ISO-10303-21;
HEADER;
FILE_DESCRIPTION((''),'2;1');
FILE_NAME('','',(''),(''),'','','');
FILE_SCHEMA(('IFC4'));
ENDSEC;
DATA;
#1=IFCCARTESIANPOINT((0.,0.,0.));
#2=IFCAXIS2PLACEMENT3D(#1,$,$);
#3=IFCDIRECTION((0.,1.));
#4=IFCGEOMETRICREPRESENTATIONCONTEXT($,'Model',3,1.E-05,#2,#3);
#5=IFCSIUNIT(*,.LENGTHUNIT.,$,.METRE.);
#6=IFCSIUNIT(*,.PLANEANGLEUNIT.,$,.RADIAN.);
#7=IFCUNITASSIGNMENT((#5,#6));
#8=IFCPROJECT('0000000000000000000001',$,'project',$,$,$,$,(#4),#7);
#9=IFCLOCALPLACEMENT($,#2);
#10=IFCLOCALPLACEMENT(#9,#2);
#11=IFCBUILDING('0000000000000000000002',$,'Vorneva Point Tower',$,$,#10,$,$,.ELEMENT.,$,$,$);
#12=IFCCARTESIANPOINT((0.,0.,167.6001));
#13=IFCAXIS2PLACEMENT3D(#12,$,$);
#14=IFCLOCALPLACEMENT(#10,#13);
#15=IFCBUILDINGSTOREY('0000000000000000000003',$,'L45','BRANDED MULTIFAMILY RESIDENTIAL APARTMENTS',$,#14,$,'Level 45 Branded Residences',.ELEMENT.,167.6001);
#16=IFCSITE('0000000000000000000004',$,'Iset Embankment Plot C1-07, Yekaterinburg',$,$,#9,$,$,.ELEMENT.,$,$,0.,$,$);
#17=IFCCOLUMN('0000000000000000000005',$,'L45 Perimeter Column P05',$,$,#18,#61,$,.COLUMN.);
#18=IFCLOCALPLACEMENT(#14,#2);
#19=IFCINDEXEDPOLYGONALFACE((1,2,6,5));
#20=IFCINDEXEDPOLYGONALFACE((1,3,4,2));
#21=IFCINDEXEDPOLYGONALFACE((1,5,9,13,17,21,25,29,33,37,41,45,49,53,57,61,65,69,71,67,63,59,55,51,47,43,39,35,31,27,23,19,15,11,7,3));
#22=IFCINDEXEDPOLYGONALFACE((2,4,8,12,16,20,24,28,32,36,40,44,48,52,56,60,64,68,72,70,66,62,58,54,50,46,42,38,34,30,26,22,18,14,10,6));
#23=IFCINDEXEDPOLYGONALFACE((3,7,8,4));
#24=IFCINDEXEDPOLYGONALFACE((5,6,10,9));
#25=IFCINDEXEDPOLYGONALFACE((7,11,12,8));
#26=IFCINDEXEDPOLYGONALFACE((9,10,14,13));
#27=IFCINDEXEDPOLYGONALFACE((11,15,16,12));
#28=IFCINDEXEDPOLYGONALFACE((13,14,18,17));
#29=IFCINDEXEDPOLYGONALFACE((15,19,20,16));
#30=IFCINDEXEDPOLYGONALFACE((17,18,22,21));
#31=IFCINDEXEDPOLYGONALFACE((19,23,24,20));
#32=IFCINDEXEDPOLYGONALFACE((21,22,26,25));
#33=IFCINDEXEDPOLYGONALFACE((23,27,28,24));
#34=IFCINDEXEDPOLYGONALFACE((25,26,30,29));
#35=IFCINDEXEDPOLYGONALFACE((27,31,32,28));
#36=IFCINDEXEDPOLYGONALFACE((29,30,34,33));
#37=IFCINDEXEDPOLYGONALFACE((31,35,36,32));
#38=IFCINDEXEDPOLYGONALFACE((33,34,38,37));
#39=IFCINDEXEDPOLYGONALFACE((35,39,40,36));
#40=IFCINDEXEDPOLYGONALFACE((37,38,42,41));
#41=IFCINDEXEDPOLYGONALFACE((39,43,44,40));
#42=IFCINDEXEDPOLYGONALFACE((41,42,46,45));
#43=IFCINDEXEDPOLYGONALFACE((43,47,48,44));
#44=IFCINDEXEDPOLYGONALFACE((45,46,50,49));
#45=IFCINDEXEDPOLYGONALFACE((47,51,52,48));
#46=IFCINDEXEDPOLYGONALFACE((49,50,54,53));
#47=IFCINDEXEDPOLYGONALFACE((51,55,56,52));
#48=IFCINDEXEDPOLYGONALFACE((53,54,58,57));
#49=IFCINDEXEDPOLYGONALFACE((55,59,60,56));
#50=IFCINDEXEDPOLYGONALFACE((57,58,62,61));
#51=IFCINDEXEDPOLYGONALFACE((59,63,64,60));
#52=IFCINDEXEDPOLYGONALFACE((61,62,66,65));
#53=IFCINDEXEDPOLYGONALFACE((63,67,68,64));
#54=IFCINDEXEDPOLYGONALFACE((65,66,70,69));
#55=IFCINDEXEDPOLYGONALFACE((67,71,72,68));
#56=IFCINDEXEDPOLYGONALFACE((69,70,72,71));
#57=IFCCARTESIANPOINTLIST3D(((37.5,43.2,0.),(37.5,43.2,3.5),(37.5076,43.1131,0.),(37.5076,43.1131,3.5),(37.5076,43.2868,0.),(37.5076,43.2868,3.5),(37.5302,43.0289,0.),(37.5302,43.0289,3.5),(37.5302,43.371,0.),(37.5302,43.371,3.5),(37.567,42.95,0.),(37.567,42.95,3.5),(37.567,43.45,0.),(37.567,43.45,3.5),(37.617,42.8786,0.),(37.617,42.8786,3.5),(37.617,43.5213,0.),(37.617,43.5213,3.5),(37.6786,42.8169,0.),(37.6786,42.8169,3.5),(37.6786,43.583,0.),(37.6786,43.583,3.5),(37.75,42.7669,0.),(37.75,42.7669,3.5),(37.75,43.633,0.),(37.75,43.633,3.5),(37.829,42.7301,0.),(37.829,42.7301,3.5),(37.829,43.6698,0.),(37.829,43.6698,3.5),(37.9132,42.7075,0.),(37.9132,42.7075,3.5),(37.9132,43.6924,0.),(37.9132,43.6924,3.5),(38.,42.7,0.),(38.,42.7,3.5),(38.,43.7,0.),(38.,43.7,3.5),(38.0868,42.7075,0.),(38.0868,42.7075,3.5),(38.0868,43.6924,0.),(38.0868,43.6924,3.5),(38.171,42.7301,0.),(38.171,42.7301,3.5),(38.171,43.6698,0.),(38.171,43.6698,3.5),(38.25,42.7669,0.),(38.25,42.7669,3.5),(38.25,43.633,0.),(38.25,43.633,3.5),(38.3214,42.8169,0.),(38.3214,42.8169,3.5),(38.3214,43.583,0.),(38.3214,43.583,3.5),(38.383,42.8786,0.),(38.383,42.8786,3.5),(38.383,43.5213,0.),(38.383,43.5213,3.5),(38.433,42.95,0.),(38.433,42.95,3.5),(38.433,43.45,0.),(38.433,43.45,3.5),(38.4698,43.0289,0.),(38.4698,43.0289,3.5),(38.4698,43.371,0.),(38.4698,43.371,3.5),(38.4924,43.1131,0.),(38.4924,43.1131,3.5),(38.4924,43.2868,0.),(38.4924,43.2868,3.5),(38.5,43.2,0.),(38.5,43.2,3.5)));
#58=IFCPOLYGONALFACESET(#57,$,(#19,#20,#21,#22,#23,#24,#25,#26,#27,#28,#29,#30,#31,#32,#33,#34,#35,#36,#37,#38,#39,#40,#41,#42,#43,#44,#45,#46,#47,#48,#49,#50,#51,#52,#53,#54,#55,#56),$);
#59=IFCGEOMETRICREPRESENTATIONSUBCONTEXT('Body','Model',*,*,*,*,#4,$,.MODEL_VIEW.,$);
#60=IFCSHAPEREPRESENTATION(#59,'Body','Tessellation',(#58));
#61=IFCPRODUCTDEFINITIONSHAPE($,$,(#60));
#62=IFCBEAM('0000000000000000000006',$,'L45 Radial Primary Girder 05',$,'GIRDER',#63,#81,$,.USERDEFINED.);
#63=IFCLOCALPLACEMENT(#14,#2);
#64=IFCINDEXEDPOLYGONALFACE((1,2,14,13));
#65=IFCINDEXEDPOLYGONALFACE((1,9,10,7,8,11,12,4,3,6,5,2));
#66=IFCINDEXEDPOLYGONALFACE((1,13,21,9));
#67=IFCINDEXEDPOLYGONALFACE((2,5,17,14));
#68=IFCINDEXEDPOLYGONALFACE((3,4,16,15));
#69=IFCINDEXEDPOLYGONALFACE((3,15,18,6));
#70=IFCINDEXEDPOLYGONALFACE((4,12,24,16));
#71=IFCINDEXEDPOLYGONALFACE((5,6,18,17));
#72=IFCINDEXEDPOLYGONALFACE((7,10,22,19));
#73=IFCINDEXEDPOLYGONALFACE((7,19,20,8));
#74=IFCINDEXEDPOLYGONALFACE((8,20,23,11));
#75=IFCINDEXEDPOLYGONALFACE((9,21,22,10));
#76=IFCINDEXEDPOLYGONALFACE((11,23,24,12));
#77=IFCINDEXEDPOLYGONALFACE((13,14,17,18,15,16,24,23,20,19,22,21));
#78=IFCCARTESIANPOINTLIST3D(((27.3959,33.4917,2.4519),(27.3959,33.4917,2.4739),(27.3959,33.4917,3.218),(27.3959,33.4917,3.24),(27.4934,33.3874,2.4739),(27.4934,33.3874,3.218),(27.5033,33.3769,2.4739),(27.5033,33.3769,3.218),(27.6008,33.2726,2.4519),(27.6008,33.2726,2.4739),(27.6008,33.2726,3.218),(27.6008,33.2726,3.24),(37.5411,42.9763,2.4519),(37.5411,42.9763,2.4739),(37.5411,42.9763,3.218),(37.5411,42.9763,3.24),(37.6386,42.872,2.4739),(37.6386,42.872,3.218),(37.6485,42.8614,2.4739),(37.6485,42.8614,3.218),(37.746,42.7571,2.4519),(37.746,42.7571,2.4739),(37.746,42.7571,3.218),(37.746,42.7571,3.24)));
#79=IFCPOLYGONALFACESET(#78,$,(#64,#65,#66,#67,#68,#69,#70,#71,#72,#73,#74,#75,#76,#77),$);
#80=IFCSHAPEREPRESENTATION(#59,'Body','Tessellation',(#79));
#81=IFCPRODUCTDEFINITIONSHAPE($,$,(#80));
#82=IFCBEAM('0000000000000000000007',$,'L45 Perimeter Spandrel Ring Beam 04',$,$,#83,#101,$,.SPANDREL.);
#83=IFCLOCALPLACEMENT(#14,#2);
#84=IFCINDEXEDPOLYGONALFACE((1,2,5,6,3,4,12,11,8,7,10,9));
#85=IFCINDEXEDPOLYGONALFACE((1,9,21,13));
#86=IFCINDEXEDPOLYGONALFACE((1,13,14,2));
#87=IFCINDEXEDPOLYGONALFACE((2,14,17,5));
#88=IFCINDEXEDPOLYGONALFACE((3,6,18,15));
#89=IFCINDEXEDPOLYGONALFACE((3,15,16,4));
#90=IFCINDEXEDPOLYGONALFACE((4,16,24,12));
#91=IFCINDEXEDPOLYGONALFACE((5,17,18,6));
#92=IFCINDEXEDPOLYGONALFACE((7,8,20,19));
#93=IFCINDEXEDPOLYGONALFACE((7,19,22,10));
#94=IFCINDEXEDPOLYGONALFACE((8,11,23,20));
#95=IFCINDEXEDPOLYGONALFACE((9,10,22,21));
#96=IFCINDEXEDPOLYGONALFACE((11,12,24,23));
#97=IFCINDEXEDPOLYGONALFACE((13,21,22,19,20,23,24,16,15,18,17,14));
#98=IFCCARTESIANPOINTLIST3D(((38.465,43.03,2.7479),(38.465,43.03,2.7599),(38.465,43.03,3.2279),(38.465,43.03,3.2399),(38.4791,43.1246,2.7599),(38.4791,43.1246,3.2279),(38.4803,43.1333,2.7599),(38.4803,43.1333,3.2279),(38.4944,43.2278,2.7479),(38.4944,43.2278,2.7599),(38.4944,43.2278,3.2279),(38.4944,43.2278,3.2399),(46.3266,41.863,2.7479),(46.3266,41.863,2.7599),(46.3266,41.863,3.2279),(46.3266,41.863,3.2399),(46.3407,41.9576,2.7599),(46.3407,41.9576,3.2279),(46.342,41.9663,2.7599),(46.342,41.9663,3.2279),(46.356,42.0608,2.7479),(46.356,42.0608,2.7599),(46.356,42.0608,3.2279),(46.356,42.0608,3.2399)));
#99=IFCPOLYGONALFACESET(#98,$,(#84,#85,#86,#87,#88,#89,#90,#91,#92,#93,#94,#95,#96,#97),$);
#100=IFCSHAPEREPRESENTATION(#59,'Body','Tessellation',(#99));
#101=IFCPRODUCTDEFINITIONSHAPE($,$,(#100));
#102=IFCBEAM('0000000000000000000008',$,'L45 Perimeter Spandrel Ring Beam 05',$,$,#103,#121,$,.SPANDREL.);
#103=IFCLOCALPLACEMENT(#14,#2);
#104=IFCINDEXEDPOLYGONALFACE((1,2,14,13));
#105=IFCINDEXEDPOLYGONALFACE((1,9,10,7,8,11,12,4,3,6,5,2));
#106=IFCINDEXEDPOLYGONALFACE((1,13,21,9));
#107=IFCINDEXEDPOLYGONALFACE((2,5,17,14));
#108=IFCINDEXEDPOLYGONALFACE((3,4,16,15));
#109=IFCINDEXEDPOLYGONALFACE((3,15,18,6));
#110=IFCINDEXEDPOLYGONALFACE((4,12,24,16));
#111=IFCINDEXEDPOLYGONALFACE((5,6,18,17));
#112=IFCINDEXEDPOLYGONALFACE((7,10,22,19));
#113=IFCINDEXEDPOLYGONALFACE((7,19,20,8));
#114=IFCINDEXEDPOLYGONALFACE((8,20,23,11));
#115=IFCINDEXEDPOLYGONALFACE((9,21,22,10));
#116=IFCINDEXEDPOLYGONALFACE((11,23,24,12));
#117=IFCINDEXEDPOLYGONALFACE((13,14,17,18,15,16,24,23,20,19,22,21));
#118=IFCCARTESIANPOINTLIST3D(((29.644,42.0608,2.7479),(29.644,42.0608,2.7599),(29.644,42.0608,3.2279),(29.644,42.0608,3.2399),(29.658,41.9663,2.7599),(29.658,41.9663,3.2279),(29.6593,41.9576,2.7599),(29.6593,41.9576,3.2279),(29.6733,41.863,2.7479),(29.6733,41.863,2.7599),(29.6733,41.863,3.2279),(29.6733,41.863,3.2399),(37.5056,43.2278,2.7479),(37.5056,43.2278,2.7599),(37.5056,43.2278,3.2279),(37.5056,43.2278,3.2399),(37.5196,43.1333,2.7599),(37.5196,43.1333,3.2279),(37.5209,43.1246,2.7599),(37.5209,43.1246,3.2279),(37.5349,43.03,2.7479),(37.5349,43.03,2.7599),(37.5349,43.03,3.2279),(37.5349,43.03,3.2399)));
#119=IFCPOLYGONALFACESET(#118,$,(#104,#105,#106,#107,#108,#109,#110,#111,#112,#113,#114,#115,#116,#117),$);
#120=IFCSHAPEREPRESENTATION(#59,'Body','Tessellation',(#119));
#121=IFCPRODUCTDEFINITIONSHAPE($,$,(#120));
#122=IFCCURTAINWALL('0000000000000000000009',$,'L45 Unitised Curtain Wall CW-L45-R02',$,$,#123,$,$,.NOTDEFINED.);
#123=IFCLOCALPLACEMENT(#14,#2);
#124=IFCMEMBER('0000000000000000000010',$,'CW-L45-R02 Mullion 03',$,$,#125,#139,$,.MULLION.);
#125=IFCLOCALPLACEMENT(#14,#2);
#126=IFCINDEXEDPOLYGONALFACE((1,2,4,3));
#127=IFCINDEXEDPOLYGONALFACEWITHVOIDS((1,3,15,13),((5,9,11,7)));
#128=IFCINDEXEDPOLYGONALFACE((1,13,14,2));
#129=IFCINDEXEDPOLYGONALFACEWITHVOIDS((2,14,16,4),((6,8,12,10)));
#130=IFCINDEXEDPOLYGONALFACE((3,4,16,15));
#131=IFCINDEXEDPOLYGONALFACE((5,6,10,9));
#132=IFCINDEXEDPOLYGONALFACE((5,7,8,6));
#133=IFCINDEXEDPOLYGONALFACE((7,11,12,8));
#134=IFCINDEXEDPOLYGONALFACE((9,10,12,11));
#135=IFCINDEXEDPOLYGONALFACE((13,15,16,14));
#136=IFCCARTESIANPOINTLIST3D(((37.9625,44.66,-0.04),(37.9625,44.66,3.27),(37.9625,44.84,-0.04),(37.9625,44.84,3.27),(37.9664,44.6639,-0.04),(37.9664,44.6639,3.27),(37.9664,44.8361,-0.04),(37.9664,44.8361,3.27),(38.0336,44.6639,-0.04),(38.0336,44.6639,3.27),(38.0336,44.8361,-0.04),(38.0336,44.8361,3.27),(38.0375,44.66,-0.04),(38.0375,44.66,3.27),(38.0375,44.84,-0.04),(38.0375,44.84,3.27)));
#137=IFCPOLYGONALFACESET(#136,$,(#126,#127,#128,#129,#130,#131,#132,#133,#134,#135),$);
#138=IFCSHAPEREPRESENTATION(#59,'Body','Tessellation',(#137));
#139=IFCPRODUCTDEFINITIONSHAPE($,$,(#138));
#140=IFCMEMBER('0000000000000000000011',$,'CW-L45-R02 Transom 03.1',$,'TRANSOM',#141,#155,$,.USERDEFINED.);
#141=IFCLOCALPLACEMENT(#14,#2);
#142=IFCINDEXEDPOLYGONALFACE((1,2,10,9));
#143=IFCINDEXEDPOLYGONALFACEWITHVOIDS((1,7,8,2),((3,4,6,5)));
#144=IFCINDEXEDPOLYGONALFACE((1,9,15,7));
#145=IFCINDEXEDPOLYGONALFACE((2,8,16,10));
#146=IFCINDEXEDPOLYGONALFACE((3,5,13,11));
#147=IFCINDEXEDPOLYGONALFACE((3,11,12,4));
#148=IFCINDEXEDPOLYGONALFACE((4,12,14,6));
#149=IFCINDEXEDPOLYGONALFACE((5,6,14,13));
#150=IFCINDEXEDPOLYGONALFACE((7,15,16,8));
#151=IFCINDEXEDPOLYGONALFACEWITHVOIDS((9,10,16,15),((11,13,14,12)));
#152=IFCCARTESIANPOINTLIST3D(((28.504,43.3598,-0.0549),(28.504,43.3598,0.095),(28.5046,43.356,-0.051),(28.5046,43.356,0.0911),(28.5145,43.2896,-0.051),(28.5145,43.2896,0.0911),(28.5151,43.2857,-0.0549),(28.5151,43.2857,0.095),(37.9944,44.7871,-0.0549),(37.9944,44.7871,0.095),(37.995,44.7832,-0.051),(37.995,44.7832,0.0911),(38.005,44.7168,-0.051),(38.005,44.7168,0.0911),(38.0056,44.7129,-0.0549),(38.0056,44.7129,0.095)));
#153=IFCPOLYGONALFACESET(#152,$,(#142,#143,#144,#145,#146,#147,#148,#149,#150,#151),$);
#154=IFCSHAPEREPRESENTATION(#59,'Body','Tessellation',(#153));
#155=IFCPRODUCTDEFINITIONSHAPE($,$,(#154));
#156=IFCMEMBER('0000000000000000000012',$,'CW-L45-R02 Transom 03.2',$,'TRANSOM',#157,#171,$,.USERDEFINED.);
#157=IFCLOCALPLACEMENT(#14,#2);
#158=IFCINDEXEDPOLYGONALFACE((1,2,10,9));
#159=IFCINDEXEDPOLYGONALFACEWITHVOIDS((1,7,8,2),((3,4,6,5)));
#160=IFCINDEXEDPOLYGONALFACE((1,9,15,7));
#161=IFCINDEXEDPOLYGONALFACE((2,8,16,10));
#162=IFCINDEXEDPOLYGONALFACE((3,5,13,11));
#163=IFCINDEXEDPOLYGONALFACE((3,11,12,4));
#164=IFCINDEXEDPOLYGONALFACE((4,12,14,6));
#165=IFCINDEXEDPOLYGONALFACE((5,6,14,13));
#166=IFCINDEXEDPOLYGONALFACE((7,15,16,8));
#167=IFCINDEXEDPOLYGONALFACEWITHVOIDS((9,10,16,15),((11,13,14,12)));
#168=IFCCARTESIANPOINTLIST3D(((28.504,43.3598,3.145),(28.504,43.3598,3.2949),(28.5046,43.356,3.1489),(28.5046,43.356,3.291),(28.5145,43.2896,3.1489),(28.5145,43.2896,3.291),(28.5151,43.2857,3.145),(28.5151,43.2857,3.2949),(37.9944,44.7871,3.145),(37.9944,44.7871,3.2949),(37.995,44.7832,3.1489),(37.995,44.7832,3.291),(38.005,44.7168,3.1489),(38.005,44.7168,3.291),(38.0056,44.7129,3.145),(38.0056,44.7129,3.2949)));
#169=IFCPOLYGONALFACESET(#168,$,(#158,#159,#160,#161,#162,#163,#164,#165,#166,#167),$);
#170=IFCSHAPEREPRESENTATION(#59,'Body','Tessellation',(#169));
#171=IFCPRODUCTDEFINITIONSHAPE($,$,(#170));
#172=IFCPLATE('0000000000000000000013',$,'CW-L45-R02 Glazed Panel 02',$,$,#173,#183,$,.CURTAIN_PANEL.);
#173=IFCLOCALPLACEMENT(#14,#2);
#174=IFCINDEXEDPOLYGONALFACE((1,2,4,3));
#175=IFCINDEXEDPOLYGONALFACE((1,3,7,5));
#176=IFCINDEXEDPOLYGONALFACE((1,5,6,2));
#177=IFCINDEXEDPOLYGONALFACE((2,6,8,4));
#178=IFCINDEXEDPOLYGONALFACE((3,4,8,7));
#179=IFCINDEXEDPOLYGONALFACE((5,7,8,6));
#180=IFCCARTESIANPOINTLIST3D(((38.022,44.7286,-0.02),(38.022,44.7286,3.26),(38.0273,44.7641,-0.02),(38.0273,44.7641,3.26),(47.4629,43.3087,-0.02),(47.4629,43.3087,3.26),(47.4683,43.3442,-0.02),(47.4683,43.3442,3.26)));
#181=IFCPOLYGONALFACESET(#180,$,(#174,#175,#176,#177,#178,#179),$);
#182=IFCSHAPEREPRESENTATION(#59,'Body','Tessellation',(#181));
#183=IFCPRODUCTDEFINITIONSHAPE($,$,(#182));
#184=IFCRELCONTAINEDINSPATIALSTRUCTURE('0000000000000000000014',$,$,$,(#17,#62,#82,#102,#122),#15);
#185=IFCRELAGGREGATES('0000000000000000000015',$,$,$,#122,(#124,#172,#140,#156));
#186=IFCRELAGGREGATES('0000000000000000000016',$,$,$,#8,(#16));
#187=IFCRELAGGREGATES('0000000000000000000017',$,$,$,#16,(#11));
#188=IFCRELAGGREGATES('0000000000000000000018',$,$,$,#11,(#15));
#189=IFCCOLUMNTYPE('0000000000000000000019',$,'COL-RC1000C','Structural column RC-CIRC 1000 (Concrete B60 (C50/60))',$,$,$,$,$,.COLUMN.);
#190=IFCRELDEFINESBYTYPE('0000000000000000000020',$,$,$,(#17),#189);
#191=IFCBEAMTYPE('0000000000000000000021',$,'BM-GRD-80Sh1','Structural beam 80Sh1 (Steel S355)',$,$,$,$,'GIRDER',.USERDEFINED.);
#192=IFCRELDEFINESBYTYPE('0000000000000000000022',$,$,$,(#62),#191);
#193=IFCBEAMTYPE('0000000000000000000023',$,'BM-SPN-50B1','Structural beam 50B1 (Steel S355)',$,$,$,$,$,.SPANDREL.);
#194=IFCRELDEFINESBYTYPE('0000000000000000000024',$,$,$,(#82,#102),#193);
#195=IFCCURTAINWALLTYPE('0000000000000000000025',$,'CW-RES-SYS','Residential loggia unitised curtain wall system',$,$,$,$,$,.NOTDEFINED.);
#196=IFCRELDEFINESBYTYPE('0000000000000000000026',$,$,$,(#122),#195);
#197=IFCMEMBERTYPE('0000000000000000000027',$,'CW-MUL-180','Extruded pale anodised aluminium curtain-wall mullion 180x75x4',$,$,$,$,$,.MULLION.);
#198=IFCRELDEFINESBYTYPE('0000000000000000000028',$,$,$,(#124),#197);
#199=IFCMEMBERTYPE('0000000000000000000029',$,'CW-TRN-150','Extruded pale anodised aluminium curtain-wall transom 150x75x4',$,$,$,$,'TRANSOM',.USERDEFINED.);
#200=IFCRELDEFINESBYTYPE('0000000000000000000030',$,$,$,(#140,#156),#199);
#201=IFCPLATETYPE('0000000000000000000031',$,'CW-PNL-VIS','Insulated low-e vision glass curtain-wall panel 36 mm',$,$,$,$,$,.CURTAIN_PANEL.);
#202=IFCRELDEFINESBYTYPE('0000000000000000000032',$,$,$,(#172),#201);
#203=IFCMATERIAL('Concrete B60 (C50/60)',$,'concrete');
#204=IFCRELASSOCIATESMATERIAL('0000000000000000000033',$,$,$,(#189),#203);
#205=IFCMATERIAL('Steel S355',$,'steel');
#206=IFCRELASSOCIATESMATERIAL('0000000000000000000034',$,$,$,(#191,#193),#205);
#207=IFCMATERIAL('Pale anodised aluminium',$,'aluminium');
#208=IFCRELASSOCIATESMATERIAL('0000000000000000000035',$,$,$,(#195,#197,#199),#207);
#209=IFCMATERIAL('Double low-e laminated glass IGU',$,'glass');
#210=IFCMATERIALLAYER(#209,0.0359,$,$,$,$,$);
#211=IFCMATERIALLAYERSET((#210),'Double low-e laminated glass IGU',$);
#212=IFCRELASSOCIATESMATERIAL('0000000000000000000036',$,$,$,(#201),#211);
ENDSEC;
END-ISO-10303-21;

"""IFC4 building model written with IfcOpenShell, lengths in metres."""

from ifc_helpers import new_model, si_unit, direction, frame, origin, origin_2d, place, context, subcontext, project, spatial, rectangle, hollow_rectangle, circle, i_section, extrude, material, layer, layer_set, material_profile, profile_set, type_object, element, aggregate, save


model = new_model("IFC4")

# Units and contexts
model_context = context("Model", 3, precision=1e-05, world=origin(), true_north=direction((0.0, 1.0)))
body_context = subcontext(model_context, "Body", "Model", "MODEL_VIEW")
ifc_project = project(units=[si_unit("LENGTHUNIT", "METRE"), si_unit("PLANEANGLEUNIT", "RADIAN")], contexts=[model_context])

# Site, building, storey
site_placement = place(None, origin())
site = spatial("IfcSite", under=ifc_project, at=site_placement, Name="Iset Embankment Plot C1-07, Yekaterinburg", CompositionType="ELEMENT", RefElevation=0.0)
building_placement = place(site_placement, origin())
building = spatial("IfcBuilding", under=site, at=building_placement, Name="Vorneva Point Tower", CompositionType="ELEMENT")
storey_placement = place(building_placement, frame((0.0, 0.0, 167.6001)))
storey = spatial("IfcBuildingStorey", under=building, at=storey_placement, Name="L45", Description="BRANDED MULTIFAMILY RESIDENTIAL APARTMENTS", LongName="Level 45 Branded Residences", CompositionType="ELEMENT", Elevation=167.6001)

# Column
ifc_material_1 = material(Name="Concrete B60 (C50/60)", Category="concrete")
ifc_material_profile_1 = material_profile(ifc_material_1, circle(Radius=0.5, at=origin_2d()), Name="RC-CIRC 1000")
ifc_profile_set_1 = profile_set([ifc_material_profile_1], Name="Concrete B60 (C50/60)")
column_type = type_object("IfcColumnType", Name="COL-RC1000C", Description="Structural column RC-CIRC 1000 (Concrete B60 (C50/60))", PredefinedType="COLUMN", material=ifc_profile_set_1)
column_placement = place(storey_placement, frame((38.0, 43.2, 0.0), z_axis=(0.0, 0.0, 1.0), x_axis=(0.0, 1.0, 0.0)))
element("IfcColumn", 1, at=column_placement, inside=storey, type_object=column_type, Name="L45 Perimeter Column P05", PredefinedType="COLUMN", context=body_context, shape_type="SweptSolid", body=[
    extrude(circle(Radius=0.5, at=origin_2d()), origin(), (0.0, 0.0, 1.0), 3.5),
])

# Beams
ifc_material_2 = material(Name="Steel S355", Category="steel")
ifc_material_profile_2 = material_profile(ifc_material_2, i_section(OverallWidth=0.3, OverallDepth=0.7881, WebThickness=0.0144, FlangeThickness=0.022, at=origin_2d()), Name="80Sh1")
ifc_profile_set_2 = profile_set([ifc_material_profile_2], Name="Steel S355")
beam_type_1 = type_object("IfcBeamType", Name="BM-GRD-80Sh1", Description="Structural beam 80Sh1 (Steel S355)", ElementType="GIRDER", PredefinedType="USERDEFINED", material=ifc_profile_set_2)
beam_placement = place(storey_placement, frame((37.6436, 42.8667, 2.8459), z_axis=(-0.730491, -0.682922, 0.0), x_axis=(0.682922, -0.730491, 0.0)))
element("IfcBeam", 2, at=beam_placement, inside=storey, type_object=beam_type_1, Name="L45 Radial Primary Girder 05", ObjectType="GIRDER", PredefinedType="USERDEFINED", context=body_context, shape_type="SweptSolid", body=[
    extrude(i_section(OverallWidth=0.3, OverallDepth=0.7881, WebThickness=0.0144, FlangeThickness=0.022, at=origin_2d()), origin(), (0.0, 0.0, 1.0), 13.8882),
])
ifc_material_profile_3 = material_profile(ifc_material_2, i_section(OverallWidth=0.2, OverallDepth=0.4919, WebThickness=0.0088, FlangeThickness=0.012, at=origin_2d()), Name="50B1")
ifc_profile_set_3 = profile_set([ifc_material_profile_3], Name="Steel S355")
beam_type_2 = type_object("IfcBeamType", Name="BM-SPN-50B1", Description="Structural beam 50B1 (Steel S355)", PredefinedType="SPANDREL", material=ifc_profile_set_3)
for number, where, z_axis, x_axis, name in (
    (3, (46.3413, 41.9619, 2.9939), (-0.989161, 0.146834, 0.0), (-0.146834, -0.989161, 0.0), "L45 Perimeter Spandrel Ring Beam 04"),
    (4, (37.5203, 43.1289, 2.9939), (-0.989161, -0.146834, 0.0), (0.146834, -0.989161, 0.0), "L45 Perimeter Spandrel Ring Beam 05"),
):
    element("IfcBeam", number, at=place(storey_placement, frame(where, z_axis=z_axis, x_axis=x_axis)), inside=storey, type_object=beam_type_2, Name=name, PredefinedType="SPANDREL", context=body_context, shape_type="SweptSolid", body=[
        extrude(i_section(OverallWidth=0.2, OverallDepth=0.4919, WebThickness=0.0088, FlangeThickness=0.012, at=origin_2d()), origin(), (0.0, 0.0, 1.0), 7.9478),
    ])

# Curtain wall, members, plate
ifc_material_3 = material(Name="Pale anodised aluminium", Category="aluminium")
curtain_wall_type = type_object("IfcCurtainWallType", Name="CW-RES-SYS", Description="Residential loggia unitised curtain wall system", PredefinedType="NOTDEFINED", material=ifc_material_3)
curtain_wall_placement = place(storey_placement, origin())
curtain_wall = element("IfcCurtainWall", 5, at=curtain_wall_placement, inside=storey, type_object=curtain_wall_type, Name="L45 Unitised Curtain Wall CW-L45-R02", PredefinedType="NOTDEFINED")
ifc_material_profile_4 = material_profile(ifc_material_3, hollow_rectangle(XDim=0.075, YDim=0.1799, WallThickness=0.0039, at=origin_2d()), Name="AL-MUL 180x75x4")
ifc_profile_set_4 = profile_set([ifc_material_profile_4], Name="Pale anodised aluminium")
member_type_1 = type_object("IfcMemberType", Name="CW-MUL-180", Description="Extruded pale anodised aluminium curtain-wall mullion 180x75x4", PredefinedType="MULLION", material=ifc_profile_set_4)
member_1_placement = place(storey_placement, frame((38.0, 44.75, -0.04), z_axis=(0.0, 0.0, 1.0), x_axis=(1.0, 0.0, 0.0)))
member_1 = element("IfcMember", 6, at=member_1_placement, type_object=member_type_1, Name="CW-L45-R02 Mullion 03", PredefinedType="MULLION", context=body_context, shape_type="SweptSolid", body=[
    extrude(hollow_rectangle(XDim=0.075, YDim=0.1799, WallThickness=0.0039, at=origin_2d()), origin(), (0.0, 0.0, 1.0), 3.3101),
])
ifc_material_profile_5 = material_profile(ifc_material_3, hollow_rectangle(XDim=0.075, YDim=0.1499, WallThickness=0.0039, at=origin_2d()), Name="AL-TRN 150x75x4")
ifc_profile_set_5 = profile_set([ifc_material_profile_5], Name="Pale anodised aluminium")
member_type_2 = type_object("IfcMemberType", Name="CW-TRN-150", Description="Extruded pale anodised aluminium curtain-wall transom 150x75x4", ElementType="TRANSOM", PredefinedType="USERDEFINED", material=ifc_profile_set_5)
member_2_placement = place(storey_placement, frame((38.0, 44.75, 0.02), z_axis=(-0.98888, -0.148715, 0.0), x_axis=(0.148715, -0.98888, 0.0)))
member_2 = element("IfcMember", 7, at=member_2_placement, type_object=member_type_2, Name="CW-L45-R02 Transom 03.1", ObjectType="TRANSOM", PredefinedType="USERDEFINED", context=body_context, shape_type="SweptSolid", body=[
    extrude(hollow_rectangle(XDim=0.075, YDim=0.1499, WallThickness=0.0039, at=origin_2d()), origin(), (0.0, 0.0, 1.0), 9.5972),
])
member_3_placement = place(storey_placement, frame((38.0, 44.75, 3.22), z_axis=(-0.98888, -0.148715, 0.0), x_axis=(0.148715, -0.98888, 0.0)))
member_3 = element("IfcMember", 8, at=member_3_placement, type_object=member_type_2, Name="CW-L45-R02 Transom 03.2", ObjectType="TRANSOM", PredefinedType="USERDEFINED", context=body_context, shape_type="SweptSolid", body=[
    extrude(hollow_rectangle(XDim=0.075, YDim=0.1499, WallThickness=0.0039, at=origin_2d()), origin(), (0.0, 0.0, 1.0), 9.5972),
])
ifc_material_4 = material(Name="Double low-e laminated glass IGU", Category="glass")
ifc_layer_1 = layer(ifc_material_4, 0.0359)
ifc_layer_set_1 = layer_set([ifc_layer_1], Name="Double low-e laminated glass IGU")
plate_type = type_object("IfcPlateType", Name="CW-PNL-VIS", Description="Insulated low-e vision glass curtain-wall panel 36 mm", PredefinedType="CURTAIN_PANEL", material=ifc_layer_set_1)
plate_placement = place(storey_placement, frame((42.7451, 44.0364, -0.02), z_axis=(0.0, 0.0, 1.0), x_axis=(-0.988879, 0.148724, 0.0)))
plate = element("IfcPlate", 9, at=plate_placement, type_object=plate_type, Name="CW-L45-R02 Glazed Panel 02", PredefinedType="CURTAIN_PANEL", context=body_context, shape_type="SweptSolid", body=[
    extrude(rectangle(XDim=9.5471, YDim=0.0359, at=origin_2d()), origin(), (0.0, 0.0, 1.0), 3.28),
])
aggregate(curtain_wall, [member_1, plate, member_2, member_3])

save(model, "model.ifc")
